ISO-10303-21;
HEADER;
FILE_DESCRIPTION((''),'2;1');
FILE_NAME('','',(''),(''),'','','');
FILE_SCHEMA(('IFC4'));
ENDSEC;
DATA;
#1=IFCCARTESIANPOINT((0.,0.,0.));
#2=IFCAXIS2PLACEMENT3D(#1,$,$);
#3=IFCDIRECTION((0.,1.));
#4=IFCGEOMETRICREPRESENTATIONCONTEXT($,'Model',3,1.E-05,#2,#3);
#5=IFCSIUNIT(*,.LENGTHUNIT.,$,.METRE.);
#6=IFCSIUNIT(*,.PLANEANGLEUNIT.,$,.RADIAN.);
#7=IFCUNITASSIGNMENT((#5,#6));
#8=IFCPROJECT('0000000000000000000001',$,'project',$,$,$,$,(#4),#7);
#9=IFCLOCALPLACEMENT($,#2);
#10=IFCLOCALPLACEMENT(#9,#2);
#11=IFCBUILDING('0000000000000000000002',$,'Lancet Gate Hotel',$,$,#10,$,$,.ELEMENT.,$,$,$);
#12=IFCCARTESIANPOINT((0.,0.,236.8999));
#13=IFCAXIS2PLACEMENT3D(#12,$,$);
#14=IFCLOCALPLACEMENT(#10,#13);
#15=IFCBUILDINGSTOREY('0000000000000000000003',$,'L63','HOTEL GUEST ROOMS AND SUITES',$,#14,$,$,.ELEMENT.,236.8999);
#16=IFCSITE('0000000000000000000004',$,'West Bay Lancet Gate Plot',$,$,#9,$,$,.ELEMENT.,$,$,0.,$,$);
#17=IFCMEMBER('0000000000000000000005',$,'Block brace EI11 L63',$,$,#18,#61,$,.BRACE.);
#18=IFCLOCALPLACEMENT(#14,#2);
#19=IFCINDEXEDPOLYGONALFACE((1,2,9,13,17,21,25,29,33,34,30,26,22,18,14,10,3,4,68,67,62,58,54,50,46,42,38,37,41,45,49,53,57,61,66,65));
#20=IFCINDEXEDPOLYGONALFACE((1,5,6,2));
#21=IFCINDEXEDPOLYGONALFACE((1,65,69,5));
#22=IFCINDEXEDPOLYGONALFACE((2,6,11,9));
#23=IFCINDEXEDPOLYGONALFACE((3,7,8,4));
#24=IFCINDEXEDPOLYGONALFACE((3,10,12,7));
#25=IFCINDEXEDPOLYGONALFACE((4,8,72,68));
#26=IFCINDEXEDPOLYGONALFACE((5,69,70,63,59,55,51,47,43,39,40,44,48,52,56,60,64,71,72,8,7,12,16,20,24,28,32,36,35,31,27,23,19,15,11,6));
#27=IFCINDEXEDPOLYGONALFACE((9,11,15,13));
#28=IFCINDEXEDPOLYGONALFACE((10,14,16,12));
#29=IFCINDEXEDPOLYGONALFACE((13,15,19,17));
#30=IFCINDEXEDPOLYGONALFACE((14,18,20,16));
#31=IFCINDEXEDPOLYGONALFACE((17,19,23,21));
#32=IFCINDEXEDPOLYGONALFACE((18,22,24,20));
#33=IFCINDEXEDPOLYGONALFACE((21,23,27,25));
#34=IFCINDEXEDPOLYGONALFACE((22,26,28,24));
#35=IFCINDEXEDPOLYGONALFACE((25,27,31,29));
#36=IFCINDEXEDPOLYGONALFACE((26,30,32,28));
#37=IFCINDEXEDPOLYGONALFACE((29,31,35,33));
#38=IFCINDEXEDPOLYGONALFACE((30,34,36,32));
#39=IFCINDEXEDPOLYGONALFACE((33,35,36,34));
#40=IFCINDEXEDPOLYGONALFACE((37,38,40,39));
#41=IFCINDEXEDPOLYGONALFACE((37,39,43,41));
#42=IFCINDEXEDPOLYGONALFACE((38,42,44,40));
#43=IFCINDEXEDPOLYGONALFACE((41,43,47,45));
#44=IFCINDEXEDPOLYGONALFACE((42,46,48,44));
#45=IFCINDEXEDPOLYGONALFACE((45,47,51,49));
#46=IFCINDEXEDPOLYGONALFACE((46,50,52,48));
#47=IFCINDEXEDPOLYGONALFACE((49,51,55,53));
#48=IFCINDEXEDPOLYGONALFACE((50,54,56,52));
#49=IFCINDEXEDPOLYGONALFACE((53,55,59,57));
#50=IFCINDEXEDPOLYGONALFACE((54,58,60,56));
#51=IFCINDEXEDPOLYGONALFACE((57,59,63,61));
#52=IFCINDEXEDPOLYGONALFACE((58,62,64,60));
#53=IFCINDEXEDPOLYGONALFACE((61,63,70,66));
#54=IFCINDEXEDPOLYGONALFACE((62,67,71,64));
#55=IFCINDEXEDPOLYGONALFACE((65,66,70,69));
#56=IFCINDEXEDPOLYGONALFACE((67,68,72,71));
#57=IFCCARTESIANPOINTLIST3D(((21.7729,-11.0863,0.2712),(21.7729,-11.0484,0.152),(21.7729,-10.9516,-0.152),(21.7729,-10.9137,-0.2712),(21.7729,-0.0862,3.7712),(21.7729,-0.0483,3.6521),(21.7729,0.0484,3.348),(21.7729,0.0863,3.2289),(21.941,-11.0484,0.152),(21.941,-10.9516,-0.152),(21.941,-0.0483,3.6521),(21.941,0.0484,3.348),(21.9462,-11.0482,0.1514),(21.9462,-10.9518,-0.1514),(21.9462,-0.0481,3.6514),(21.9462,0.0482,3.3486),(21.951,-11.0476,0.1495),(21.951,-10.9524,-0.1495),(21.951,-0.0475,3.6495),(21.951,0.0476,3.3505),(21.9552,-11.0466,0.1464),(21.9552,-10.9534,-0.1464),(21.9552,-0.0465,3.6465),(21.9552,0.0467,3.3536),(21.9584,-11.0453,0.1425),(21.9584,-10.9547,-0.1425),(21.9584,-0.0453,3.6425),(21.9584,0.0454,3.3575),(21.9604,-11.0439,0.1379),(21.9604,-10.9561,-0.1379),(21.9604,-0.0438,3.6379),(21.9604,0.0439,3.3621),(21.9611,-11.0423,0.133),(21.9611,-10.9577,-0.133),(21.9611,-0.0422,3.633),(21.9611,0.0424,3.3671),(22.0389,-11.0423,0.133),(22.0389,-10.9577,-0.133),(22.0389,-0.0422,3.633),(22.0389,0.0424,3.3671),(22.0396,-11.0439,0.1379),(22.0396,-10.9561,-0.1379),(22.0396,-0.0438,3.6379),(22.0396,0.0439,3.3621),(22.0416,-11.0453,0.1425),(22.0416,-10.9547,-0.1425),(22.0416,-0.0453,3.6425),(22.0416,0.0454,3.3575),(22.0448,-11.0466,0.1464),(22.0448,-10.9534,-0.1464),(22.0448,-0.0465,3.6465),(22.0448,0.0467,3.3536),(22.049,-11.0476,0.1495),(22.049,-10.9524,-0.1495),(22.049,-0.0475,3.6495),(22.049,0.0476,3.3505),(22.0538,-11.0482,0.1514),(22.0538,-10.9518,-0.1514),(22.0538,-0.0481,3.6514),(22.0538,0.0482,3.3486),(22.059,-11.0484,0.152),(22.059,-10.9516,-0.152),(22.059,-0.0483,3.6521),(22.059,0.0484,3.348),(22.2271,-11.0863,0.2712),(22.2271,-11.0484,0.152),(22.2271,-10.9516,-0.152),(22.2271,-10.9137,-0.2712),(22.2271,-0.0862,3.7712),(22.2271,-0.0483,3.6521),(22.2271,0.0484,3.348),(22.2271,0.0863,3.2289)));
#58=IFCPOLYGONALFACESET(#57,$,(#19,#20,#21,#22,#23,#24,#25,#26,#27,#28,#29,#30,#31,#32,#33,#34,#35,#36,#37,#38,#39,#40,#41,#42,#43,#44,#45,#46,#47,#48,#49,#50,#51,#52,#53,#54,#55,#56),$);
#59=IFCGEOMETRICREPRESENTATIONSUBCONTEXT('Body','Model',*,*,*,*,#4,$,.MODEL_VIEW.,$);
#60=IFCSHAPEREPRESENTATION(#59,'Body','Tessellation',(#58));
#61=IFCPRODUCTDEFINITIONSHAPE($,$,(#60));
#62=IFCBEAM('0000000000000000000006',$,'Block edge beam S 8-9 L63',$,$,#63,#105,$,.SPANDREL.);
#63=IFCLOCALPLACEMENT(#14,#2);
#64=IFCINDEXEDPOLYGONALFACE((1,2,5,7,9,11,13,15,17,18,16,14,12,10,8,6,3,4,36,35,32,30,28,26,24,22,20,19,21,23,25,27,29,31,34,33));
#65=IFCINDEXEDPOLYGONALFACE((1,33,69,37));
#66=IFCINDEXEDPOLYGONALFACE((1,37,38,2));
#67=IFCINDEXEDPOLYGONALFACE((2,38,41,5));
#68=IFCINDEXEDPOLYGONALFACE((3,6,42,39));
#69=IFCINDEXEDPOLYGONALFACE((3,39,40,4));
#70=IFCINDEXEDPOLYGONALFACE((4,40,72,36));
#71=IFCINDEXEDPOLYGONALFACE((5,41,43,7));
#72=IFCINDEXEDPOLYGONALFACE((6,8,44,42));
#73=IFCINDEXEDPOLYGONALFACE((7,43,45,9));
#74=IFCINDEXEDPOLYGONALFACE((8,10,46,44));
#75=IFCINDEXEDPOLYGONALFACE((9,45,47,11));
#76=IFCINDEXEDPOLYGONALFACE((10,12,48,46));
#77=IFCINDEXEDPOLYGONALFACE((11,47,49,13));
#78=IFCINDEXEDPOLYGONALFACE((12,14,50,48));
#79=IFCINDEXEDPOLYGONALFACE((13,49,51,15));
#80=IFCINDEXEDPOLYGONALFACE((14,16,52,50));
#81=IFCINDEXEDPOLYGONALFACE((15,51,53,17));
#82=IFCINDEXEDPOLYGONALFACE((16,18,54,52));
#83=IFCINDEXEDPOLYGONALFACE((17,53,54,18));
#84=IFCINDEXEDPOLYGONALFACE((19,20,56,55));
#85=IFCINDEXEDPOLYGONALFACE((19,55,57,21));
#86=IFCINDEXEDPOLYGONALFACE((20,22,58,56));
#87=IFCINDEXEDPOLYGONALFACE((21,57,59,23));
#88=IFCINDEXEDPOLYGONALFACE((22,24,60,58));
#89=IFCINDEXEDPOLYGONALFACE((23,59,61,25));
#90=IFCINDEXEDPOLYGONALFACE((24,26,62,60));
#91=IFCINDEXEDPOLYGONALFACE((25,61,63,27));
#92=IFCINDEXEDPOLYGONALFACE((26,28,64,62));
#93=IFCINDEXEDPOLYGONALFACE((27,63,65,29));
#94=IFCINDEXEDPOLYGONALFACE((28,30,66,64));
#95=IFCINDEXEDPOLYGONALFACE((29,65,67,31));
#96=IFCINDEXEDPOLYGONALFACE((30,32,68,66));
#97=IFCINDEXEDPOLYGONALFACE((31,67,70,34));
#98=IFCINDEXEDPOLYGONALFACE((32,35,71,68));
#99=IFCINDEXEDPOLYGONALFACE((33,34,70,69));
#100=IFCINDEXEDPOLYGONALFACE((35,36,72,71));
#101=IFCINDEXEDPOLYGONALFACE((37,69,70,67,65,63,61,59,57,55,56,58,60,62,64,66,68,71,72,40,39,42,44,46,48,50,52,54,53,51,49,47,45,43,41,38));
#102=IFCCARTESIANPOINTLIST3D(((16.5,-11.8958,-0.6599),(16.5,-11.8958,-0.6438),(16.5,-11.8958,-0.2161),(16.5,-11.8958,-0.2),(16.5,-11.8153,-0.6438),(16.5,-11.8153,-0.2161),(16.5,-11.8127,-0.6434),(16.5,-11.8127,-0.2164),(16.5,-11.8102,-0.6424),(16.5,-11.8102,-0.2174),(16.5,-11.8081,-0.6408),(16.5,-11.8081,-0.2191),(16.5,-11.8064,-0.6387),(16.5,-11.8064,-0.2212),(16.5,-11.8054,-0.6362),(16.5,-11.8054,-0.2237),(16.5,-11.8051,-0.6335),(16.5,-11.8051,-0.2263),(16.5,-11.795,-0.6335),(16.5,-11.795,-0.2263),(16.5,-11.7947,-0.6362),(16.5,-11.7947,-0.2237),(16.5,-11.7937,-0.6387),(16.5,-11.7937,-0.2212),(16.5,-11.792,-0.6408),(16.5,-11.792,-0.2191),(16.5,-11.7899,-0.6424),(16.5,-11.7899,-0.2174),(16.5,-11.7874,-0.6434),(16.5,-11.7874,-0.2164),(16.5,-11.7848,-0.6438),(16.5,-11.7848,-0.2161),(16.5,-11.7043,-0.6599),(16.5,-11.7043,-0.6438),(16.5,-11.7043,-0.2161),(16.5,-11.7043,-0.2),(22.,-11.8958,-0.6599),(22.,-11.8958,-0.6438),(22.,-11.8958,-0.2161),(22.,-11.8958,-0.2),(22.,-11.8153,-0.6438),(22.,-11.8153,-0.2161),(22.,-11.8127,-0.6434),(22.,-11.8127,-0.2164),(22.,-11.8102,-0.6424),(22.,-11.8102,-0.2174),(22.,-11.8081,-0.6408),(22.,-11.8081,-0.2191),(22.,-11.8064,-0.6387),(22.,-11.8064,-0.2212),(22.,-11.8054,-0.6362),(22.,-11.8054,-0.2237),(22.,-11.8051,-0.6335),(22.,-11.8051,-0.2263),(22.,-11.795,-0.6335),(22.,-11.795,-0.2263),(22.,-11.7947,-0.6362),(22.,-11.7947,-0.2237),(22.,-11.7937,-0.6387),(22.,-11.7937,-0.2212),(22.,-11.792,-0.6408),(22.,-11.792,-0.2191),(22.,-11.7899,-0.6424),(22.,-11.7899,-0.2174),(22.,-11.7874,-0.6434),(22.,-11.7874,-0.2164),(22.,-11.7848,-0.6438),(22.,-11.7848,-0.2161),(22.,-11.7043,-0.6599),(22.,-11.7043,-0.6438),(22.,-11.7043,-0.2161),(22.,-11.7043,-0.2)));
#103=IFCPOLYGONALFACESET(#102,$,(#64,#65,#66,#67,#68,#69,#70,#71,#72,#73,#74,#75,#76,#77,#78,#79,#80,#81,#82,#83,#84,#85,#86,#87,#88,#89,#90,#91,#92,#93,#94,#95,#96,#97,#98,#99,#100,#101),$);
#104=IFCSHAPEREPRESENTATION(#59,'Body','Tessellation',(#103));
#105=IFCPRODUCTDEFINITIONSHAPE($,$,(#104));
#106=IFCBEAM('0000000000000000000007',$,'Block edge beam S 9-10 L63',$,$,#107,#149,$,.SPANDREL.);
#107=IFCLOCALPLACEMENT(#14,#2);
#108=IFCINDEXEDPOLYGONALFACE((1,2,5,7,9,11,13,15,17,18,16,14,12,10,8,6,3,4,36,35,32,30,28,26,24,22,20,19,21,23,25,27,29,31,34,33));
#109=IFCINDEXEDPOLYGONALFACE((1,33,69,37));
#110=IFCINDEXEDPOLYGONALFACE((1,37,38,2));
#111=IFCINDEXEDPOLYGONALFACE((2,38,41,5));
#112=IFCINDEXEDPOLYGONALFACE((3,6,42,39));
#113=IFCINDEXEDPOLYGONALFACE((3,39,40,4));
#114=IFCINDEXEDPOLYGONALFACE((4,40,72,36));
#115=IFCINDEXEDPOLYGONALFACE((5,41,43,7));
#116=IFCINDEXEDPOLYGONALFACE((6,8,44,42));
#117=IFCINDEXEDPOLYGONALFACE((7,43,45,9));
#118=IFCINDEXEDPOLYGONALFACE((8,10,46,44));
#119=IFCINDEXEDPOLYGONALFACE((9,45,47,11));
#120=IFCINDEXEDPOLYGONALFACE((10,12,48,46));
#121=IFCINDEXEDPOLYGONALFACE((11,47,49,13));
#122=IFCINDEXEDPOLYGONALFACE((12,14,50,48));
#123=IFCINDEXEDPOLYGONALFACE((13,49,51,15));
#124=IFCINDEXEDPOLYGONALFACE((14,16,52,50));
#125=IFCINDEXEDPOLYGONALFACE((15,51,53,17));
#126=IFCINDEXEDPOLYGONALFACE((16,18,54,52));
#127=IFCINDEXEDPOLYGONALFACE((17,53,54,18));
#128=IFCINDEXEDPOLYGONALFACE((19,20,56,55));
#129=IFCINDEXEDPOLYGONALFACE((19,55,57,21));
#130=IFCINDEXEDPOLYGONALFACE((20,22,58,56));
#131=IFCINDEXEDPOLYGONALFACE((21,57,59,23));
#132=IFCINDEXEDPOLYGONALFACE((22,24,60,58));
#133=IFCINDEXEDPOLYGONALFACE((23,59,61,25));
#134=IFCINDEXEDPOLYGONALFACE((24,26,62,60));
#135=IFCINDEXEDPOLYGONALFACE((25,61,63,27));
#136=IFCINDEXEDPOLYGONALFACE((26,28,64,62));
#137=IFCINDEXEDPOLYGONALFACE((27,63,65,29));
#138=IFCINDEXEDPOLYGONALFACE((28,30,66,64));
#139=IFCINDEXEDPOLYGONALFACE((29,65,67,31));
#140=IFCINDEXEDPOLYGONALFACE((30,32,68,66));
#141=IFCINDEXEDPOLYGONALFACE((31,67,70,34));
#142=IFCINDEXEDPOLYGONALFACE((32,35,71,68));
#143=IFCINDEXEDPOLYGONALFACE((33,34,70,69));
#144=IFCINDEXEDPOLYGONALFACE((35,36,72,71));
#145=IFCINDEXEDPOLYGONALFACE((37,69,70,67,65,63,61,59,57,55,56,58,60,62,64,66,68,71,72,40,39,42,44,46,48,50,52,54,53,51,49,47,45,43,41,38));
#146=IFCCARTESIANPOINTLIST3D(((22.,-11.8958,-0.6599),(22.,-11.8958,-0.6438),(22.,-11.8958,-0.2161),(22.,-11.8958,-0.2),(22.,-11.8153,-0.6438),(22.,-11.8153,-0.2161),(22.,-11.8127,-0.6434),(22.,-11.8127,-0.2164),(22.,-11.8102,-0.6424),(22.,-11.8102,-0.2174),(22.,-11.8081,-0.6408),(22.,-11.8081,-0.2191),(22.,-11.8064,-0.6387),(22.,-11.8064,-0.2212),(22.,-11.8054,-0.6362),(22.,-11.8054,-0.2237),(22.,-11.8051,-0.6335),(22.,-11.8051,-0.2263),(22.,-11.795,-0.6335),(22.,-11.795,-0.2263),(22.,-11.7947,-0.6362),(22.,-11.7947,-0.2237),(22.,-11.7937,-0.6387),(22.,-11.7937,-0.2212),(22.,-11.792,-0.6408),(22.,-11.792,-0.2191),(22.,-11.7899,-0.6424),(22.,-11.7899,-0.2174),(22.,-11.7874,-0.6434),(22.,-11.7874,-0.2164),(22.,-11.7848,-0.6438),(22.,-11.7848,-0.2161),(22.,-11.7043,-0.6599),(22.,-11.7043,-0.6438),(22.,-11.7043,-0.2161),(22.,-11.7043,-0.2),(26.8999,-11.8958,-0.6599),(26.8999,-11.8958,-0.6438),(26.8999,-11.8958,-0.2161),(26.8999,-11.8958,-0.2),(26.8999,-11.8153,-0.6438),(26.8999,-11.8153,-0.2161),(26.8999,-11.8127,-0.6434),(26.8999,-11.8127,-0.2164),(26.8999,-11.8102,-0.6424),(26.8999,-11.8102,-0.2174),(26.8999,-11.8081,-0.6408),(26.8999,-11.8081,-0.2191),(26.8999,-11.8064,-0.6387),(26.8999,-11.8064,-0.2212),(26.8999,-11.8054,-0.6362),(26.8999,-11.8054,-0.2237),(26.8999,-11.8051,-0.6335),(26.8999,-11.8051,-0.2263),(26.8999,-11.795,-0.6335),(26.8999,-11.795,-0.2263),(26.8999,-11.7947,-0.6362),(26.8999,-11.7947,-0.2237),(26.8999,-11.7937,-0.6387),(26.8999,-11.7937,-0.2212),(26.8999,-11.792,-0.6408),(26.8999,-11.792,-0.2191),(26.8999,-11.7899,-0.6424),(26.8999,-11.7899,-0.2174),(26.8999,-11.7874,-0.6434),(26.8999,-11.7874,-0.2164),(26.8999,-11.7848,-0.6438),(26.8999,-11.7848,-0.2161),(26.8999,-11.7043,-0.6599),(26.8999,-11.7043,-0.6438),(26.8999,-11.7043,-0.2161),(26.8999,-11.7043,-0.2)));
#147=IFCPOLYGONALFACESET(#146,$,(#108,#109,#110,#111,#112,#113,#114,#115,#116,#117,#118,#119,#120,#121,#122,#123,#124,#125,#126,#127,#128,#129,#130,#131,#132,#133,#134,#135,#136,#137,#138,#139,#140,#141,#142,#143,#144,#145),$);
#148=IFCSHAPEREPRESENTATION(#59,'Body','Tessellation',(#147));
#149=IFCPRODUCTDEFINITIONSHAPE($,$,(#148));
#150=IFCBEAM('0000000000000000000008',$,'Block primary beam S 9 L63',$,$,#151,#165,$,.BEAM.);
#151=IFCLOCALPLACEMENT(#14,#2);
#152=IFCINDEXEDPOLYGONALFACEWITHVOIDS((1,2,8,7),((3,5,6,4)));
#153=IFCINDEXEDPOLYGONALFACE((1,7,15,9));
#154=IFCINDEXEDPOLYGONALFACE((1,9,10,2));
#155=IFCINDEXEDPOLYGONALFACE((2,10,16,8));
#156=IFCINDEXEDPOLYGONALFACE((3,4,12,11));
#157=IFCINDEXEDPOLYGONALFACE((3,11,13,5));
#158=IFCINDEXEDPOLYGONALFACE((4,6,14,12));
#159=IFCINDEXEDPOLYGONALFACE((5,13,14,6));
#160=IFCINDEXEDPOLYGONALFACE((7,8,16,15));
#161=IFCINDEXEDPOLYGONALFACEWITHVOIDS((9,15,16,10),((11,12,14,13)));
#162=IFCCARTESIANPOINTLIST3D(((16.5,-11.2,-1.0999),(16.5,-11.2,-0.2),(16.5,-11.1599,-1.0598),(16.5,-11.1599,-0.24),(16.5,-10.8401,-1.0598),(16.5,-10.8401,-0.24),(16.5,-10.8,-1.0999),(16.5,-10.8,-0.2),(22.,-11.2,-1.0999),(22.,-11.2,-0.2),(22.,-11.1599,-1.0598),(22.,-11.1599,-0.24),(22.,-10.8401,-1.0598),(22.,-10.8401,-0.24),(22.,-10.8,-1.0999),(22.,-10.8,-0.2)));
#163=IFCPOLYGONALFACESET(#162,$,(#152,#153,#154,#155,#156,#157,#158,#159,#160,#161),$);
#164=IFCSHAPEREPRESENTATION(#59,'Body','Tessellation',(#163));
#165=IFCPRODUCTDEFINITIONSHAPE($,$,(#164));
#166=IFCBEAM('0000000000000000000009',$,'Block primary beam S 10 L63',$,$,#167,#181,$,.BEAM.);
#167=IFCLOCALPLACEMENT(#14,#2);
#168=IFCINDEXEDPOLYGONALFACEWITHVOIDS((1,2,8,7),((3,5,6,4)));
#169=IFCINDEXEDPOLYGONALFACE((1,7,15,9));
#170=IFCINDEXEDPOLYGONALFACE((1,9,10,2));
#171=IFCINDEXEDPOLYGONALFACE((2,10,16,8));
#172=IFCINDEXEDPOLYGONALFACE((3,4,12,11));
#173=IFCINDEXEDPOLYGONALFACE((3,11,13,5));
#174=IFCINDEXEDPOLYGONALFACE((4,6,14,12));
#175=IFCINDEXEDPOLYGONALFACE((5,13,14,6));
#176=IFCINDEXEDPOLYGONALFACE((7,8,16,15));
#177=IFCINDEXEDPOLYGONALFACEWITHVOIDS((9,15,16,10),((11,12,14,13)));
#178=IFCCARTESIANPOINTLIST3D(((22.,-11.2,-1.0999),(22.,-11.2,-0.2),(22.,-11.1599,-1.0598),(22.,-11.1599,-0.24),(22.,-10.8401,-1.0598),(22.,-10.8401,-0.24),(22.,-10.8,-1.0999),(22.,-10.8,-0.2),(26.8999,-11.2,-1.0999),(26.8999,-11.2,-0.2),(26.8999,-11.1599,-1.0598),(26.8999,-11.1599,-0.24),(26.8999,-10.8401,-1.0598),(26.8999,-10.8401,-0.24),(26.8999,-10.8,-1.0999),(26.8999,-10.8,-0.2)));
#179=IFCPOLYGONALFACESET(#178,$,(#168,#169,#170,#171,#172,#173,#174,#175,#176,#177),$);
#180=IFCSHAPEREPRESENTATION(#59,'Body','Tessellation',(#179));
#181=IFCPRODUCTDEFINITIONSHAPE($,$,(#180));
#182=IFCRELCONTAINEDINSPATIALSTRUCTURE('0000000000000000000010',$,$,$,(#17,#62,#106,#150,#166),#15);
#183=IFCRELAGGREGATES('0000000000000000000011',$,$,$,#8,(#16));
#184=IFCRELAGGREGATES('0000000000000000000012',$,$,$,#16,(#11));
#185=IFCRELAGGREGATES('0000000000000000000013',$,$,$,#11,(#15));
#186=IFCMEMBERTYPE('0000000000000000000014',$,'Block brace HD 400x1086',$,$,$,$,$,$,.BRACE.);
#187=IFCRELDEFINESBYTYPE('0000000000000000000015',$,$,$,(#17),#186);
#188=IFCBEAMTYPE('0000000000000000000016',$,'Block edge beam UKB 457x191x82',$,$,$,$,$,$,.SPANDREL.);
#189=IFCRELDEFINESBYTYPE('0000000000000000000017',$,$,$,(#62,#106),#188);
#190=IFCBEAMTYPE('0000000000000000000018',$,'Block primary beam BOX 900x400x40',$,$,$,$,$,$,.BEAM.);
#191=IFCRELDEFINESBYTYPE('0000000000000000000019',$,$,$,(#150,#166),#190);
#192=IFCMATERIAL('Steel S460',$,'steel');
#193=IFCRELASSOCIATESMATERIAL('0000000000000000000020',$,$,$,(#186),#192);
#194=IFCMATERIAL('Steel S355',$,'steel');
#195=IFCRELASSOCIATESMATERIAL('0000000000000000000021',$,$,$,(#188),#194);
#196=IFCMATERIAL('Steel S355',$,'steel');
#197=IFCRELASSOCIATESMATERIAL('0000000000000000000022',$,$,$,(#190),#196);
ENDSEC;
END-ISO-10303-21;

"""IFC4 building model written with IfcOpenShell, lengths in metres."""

from ifc_helpers import new_model, si_unit, direction, frame, origin, origin_2d, place, context, subcontext, project, spatial, hollow_rectangle, i_section, extrude, material, material_profile, profile_set, type_object, element, save


model = new_model("IFC4")

# Units and contexts
model_context = context("Model", 3, precision=1e-05, world=origin(), true_north=direction((0.0, 1.0)))
body_context = subcontext(model_context, "Body", "Model", "MODEL_VIEW")
ifc_project = project(units=[si_unit("LENGTHUNIT", "METRE"), si_unit("PLANEANGLEUNIT", "RADIAN")], contexts=[model_context])

# Site, building, storey
site_placement = place(None, origin())
site = spatial("IfcSite", under=ifc_project, at=site_placement, Name="West Bay Lancet Gate Plot", CompositionType="ELEMENT", RefElevation=0.0)
building_placement = place(site_placement, origin())
building = spatial("IfcBuilding", under=site, at=building_placement, Name="Lancet Gate Hotel", CompositionType="ELEMENT")
storey_placement = place(building_placement, frame((0.0, 0.0, 236.8999)))
storey = spatial("IfcBuildingStorey", under=building, at=storey_placement, Name="L63", Description="HOTEL GUEST ROOMS AND SUITES", CompositionType="ELEMENT", Elevation=236.8999)

# Member
ifc_material_1 = material(Name="Steel S460", Category="steel")
ifc_material_profile_1 = material_profile(ifc_material_1, i_section(OverallWidth=0.4541, OverallDepth=0.5691, WebThickness=0.0779, FlangeThickness=0.125, FilletRadius=0.02, at=origin_2d()), Name="HD 400x1086")
ifc_profile_set_1 = profile_set([ifc_material_profile_1], Name="Steel S460")
member_type_1 = type_object("IfcMemberType", Name="Block brace HD 400x1086", PredefinedType="BRACE", material=ifc_profile_set_1)
member_1_placement = place(storey_placement, frame((22.0, -11.0, 0.0), z_axis=(0.0, 0.952926, 0.303204), x_axis=(-1.0, 0.0, 0.0)))
element("IfcMember", 1, at=member_1_placement, inside=storey, type_object=member_type_1, Name="Block brace EI11 L63", PredefinedType="BRACE", context=body_context, shape_type="SweptSolid", body=[
    extrude(i_section(OverallWidth=0.4541, OverallDepth=0.5691, WebThickness=0.0779, FlangeThickness=0.125, FilletRadius=0.02, at=origin_2d()), origin(), (0.0, 0.0, 1.0), 11.5435),
])

# Beams
ifc_material_2 = material(Name="Steel S355", Category="steel")
ifc_material_profile_2 = material_profile(ifc_material_2, i_section(OverallWidth=0.1914, OverallDepth=0.46, WebThickness=0.01, FlangeThickness=0.0161, FilletRadius=0.0103, at=origin_2d()), Name="UKB 457x191x82")
ifc_profile_set_2 = profile_set([ifc_material_profile_2], Name="Steel S355")
beam_type_1 = type_object("IfcBeamType", Name="Block edge beam UKB 457x191x82", PredefinedType="SPANDREL", material=ifc_profile_set_2)
beam_1_placement = place(storey_placement, frame((16.5, -11.8, -0.4299), z_axis=(1.0, 0.0, 0.0), x_axis=(0.0, 1.0, 0.0)))
element("IfcBeam", 2, at=beam_1_placement, inside=storey, type_object=beam_type_1, Name="Block edge beam S 8-9 L63", PredefinedType="SPANDREL", context=body_context, shape_type="SweptSolid", body=[
    extrude(i_section(OverallWidth=0.1914, OverallDepth=0.46, WebThickness=0.01, FlangeThickness=0.0161, FilletRadius=0.0103, at=origin_2d()), origin(), (0.0, 0.0, 1.0), 5.5),
])
beam_2_placement = place(storey_placement, frame((22.0, -11.8, -0.4299), z_axis=(1.0, 0.0, 0.0), x_axis=(0.0, 1.0, 0.0)))
element("IfcBeam", 3, at=beam_2_placement, inside=storey, type_object=beam_type_1, Name="Block edge beam S 9-10 L63", PredefinedType="SPANDREL", context=body_context, shape_type="SweptSolid", body=[
    extrude(i_section(OverallWidth=0.1914, OverallDepth=0.46, WebThickness=0.01, FlangeThickness=0.0161, FilletRadius=0.0103, at=origin_2d()), origin(), (0.0, 0.0, 1.0), 4.8999),
])
ifc_material_3 = material(Name="Steel S355", Category="steel")
ifc_material_profile_3 = material_profile(ifc_material_3, hollow_rectangle(XDim=0.3999, YDim=0.8999, WallThickness=0.04, at=origin_2d()), Name="BOX 900x400x40")
ifc_profile_set_3 = profile_set([ifc_material_profile_3], Name="Steel S355")
beam_type_2 = type_object("IfcBeamType", Name="Block primary beam BOX 900x400x40", PredefinedType="BEAM", material=ifc_profile_set_3)
beam_3_placement = place(storey_placement, frame((16.5, -11.0, -0.6499), z_axis=(1.0, 0.0, 0.0), x_axis=(0.0, 1.0, 0.0)))
element("IfcBeam", 4, at=beam_3_placement, inside=storey, type_object=beam_type_2, Name="Block primary beam S 9 L63", PredefinedType="BEAM", context=body_context, shape_type="SweptSolid", body=[
    extrude(hollow_rectangle(XDim=0.3999, YDim=0.8999, WallThickness=0.04, at=origin_2d()), origin(), (0.0, 0.0, 1.0), 5.5),
])
beam_4_placement = place(storey_placement, frame((22.0, -11.0, -0.6499), z_axis=(1.0, 0.0, 0.0), x_axis=(0.0, 1.0, 0.0)))
element("IfcBeam", 5, at=beam_4_placement, inside=storey, type_object=beam_type_2, Name="Block primary beam S 10 L63", PredefinedType="BEAM", context=body_context, shape_type="SweptSolid", body=[
    extrude(hollow_rectangle(XDim=0.3999, YDim=0.8999, WallThickness=0.04, at=origin_2d()), origin(), (0.0, 0.0, 1.0), 4.8999),
])

save(model, "model.ifc")
